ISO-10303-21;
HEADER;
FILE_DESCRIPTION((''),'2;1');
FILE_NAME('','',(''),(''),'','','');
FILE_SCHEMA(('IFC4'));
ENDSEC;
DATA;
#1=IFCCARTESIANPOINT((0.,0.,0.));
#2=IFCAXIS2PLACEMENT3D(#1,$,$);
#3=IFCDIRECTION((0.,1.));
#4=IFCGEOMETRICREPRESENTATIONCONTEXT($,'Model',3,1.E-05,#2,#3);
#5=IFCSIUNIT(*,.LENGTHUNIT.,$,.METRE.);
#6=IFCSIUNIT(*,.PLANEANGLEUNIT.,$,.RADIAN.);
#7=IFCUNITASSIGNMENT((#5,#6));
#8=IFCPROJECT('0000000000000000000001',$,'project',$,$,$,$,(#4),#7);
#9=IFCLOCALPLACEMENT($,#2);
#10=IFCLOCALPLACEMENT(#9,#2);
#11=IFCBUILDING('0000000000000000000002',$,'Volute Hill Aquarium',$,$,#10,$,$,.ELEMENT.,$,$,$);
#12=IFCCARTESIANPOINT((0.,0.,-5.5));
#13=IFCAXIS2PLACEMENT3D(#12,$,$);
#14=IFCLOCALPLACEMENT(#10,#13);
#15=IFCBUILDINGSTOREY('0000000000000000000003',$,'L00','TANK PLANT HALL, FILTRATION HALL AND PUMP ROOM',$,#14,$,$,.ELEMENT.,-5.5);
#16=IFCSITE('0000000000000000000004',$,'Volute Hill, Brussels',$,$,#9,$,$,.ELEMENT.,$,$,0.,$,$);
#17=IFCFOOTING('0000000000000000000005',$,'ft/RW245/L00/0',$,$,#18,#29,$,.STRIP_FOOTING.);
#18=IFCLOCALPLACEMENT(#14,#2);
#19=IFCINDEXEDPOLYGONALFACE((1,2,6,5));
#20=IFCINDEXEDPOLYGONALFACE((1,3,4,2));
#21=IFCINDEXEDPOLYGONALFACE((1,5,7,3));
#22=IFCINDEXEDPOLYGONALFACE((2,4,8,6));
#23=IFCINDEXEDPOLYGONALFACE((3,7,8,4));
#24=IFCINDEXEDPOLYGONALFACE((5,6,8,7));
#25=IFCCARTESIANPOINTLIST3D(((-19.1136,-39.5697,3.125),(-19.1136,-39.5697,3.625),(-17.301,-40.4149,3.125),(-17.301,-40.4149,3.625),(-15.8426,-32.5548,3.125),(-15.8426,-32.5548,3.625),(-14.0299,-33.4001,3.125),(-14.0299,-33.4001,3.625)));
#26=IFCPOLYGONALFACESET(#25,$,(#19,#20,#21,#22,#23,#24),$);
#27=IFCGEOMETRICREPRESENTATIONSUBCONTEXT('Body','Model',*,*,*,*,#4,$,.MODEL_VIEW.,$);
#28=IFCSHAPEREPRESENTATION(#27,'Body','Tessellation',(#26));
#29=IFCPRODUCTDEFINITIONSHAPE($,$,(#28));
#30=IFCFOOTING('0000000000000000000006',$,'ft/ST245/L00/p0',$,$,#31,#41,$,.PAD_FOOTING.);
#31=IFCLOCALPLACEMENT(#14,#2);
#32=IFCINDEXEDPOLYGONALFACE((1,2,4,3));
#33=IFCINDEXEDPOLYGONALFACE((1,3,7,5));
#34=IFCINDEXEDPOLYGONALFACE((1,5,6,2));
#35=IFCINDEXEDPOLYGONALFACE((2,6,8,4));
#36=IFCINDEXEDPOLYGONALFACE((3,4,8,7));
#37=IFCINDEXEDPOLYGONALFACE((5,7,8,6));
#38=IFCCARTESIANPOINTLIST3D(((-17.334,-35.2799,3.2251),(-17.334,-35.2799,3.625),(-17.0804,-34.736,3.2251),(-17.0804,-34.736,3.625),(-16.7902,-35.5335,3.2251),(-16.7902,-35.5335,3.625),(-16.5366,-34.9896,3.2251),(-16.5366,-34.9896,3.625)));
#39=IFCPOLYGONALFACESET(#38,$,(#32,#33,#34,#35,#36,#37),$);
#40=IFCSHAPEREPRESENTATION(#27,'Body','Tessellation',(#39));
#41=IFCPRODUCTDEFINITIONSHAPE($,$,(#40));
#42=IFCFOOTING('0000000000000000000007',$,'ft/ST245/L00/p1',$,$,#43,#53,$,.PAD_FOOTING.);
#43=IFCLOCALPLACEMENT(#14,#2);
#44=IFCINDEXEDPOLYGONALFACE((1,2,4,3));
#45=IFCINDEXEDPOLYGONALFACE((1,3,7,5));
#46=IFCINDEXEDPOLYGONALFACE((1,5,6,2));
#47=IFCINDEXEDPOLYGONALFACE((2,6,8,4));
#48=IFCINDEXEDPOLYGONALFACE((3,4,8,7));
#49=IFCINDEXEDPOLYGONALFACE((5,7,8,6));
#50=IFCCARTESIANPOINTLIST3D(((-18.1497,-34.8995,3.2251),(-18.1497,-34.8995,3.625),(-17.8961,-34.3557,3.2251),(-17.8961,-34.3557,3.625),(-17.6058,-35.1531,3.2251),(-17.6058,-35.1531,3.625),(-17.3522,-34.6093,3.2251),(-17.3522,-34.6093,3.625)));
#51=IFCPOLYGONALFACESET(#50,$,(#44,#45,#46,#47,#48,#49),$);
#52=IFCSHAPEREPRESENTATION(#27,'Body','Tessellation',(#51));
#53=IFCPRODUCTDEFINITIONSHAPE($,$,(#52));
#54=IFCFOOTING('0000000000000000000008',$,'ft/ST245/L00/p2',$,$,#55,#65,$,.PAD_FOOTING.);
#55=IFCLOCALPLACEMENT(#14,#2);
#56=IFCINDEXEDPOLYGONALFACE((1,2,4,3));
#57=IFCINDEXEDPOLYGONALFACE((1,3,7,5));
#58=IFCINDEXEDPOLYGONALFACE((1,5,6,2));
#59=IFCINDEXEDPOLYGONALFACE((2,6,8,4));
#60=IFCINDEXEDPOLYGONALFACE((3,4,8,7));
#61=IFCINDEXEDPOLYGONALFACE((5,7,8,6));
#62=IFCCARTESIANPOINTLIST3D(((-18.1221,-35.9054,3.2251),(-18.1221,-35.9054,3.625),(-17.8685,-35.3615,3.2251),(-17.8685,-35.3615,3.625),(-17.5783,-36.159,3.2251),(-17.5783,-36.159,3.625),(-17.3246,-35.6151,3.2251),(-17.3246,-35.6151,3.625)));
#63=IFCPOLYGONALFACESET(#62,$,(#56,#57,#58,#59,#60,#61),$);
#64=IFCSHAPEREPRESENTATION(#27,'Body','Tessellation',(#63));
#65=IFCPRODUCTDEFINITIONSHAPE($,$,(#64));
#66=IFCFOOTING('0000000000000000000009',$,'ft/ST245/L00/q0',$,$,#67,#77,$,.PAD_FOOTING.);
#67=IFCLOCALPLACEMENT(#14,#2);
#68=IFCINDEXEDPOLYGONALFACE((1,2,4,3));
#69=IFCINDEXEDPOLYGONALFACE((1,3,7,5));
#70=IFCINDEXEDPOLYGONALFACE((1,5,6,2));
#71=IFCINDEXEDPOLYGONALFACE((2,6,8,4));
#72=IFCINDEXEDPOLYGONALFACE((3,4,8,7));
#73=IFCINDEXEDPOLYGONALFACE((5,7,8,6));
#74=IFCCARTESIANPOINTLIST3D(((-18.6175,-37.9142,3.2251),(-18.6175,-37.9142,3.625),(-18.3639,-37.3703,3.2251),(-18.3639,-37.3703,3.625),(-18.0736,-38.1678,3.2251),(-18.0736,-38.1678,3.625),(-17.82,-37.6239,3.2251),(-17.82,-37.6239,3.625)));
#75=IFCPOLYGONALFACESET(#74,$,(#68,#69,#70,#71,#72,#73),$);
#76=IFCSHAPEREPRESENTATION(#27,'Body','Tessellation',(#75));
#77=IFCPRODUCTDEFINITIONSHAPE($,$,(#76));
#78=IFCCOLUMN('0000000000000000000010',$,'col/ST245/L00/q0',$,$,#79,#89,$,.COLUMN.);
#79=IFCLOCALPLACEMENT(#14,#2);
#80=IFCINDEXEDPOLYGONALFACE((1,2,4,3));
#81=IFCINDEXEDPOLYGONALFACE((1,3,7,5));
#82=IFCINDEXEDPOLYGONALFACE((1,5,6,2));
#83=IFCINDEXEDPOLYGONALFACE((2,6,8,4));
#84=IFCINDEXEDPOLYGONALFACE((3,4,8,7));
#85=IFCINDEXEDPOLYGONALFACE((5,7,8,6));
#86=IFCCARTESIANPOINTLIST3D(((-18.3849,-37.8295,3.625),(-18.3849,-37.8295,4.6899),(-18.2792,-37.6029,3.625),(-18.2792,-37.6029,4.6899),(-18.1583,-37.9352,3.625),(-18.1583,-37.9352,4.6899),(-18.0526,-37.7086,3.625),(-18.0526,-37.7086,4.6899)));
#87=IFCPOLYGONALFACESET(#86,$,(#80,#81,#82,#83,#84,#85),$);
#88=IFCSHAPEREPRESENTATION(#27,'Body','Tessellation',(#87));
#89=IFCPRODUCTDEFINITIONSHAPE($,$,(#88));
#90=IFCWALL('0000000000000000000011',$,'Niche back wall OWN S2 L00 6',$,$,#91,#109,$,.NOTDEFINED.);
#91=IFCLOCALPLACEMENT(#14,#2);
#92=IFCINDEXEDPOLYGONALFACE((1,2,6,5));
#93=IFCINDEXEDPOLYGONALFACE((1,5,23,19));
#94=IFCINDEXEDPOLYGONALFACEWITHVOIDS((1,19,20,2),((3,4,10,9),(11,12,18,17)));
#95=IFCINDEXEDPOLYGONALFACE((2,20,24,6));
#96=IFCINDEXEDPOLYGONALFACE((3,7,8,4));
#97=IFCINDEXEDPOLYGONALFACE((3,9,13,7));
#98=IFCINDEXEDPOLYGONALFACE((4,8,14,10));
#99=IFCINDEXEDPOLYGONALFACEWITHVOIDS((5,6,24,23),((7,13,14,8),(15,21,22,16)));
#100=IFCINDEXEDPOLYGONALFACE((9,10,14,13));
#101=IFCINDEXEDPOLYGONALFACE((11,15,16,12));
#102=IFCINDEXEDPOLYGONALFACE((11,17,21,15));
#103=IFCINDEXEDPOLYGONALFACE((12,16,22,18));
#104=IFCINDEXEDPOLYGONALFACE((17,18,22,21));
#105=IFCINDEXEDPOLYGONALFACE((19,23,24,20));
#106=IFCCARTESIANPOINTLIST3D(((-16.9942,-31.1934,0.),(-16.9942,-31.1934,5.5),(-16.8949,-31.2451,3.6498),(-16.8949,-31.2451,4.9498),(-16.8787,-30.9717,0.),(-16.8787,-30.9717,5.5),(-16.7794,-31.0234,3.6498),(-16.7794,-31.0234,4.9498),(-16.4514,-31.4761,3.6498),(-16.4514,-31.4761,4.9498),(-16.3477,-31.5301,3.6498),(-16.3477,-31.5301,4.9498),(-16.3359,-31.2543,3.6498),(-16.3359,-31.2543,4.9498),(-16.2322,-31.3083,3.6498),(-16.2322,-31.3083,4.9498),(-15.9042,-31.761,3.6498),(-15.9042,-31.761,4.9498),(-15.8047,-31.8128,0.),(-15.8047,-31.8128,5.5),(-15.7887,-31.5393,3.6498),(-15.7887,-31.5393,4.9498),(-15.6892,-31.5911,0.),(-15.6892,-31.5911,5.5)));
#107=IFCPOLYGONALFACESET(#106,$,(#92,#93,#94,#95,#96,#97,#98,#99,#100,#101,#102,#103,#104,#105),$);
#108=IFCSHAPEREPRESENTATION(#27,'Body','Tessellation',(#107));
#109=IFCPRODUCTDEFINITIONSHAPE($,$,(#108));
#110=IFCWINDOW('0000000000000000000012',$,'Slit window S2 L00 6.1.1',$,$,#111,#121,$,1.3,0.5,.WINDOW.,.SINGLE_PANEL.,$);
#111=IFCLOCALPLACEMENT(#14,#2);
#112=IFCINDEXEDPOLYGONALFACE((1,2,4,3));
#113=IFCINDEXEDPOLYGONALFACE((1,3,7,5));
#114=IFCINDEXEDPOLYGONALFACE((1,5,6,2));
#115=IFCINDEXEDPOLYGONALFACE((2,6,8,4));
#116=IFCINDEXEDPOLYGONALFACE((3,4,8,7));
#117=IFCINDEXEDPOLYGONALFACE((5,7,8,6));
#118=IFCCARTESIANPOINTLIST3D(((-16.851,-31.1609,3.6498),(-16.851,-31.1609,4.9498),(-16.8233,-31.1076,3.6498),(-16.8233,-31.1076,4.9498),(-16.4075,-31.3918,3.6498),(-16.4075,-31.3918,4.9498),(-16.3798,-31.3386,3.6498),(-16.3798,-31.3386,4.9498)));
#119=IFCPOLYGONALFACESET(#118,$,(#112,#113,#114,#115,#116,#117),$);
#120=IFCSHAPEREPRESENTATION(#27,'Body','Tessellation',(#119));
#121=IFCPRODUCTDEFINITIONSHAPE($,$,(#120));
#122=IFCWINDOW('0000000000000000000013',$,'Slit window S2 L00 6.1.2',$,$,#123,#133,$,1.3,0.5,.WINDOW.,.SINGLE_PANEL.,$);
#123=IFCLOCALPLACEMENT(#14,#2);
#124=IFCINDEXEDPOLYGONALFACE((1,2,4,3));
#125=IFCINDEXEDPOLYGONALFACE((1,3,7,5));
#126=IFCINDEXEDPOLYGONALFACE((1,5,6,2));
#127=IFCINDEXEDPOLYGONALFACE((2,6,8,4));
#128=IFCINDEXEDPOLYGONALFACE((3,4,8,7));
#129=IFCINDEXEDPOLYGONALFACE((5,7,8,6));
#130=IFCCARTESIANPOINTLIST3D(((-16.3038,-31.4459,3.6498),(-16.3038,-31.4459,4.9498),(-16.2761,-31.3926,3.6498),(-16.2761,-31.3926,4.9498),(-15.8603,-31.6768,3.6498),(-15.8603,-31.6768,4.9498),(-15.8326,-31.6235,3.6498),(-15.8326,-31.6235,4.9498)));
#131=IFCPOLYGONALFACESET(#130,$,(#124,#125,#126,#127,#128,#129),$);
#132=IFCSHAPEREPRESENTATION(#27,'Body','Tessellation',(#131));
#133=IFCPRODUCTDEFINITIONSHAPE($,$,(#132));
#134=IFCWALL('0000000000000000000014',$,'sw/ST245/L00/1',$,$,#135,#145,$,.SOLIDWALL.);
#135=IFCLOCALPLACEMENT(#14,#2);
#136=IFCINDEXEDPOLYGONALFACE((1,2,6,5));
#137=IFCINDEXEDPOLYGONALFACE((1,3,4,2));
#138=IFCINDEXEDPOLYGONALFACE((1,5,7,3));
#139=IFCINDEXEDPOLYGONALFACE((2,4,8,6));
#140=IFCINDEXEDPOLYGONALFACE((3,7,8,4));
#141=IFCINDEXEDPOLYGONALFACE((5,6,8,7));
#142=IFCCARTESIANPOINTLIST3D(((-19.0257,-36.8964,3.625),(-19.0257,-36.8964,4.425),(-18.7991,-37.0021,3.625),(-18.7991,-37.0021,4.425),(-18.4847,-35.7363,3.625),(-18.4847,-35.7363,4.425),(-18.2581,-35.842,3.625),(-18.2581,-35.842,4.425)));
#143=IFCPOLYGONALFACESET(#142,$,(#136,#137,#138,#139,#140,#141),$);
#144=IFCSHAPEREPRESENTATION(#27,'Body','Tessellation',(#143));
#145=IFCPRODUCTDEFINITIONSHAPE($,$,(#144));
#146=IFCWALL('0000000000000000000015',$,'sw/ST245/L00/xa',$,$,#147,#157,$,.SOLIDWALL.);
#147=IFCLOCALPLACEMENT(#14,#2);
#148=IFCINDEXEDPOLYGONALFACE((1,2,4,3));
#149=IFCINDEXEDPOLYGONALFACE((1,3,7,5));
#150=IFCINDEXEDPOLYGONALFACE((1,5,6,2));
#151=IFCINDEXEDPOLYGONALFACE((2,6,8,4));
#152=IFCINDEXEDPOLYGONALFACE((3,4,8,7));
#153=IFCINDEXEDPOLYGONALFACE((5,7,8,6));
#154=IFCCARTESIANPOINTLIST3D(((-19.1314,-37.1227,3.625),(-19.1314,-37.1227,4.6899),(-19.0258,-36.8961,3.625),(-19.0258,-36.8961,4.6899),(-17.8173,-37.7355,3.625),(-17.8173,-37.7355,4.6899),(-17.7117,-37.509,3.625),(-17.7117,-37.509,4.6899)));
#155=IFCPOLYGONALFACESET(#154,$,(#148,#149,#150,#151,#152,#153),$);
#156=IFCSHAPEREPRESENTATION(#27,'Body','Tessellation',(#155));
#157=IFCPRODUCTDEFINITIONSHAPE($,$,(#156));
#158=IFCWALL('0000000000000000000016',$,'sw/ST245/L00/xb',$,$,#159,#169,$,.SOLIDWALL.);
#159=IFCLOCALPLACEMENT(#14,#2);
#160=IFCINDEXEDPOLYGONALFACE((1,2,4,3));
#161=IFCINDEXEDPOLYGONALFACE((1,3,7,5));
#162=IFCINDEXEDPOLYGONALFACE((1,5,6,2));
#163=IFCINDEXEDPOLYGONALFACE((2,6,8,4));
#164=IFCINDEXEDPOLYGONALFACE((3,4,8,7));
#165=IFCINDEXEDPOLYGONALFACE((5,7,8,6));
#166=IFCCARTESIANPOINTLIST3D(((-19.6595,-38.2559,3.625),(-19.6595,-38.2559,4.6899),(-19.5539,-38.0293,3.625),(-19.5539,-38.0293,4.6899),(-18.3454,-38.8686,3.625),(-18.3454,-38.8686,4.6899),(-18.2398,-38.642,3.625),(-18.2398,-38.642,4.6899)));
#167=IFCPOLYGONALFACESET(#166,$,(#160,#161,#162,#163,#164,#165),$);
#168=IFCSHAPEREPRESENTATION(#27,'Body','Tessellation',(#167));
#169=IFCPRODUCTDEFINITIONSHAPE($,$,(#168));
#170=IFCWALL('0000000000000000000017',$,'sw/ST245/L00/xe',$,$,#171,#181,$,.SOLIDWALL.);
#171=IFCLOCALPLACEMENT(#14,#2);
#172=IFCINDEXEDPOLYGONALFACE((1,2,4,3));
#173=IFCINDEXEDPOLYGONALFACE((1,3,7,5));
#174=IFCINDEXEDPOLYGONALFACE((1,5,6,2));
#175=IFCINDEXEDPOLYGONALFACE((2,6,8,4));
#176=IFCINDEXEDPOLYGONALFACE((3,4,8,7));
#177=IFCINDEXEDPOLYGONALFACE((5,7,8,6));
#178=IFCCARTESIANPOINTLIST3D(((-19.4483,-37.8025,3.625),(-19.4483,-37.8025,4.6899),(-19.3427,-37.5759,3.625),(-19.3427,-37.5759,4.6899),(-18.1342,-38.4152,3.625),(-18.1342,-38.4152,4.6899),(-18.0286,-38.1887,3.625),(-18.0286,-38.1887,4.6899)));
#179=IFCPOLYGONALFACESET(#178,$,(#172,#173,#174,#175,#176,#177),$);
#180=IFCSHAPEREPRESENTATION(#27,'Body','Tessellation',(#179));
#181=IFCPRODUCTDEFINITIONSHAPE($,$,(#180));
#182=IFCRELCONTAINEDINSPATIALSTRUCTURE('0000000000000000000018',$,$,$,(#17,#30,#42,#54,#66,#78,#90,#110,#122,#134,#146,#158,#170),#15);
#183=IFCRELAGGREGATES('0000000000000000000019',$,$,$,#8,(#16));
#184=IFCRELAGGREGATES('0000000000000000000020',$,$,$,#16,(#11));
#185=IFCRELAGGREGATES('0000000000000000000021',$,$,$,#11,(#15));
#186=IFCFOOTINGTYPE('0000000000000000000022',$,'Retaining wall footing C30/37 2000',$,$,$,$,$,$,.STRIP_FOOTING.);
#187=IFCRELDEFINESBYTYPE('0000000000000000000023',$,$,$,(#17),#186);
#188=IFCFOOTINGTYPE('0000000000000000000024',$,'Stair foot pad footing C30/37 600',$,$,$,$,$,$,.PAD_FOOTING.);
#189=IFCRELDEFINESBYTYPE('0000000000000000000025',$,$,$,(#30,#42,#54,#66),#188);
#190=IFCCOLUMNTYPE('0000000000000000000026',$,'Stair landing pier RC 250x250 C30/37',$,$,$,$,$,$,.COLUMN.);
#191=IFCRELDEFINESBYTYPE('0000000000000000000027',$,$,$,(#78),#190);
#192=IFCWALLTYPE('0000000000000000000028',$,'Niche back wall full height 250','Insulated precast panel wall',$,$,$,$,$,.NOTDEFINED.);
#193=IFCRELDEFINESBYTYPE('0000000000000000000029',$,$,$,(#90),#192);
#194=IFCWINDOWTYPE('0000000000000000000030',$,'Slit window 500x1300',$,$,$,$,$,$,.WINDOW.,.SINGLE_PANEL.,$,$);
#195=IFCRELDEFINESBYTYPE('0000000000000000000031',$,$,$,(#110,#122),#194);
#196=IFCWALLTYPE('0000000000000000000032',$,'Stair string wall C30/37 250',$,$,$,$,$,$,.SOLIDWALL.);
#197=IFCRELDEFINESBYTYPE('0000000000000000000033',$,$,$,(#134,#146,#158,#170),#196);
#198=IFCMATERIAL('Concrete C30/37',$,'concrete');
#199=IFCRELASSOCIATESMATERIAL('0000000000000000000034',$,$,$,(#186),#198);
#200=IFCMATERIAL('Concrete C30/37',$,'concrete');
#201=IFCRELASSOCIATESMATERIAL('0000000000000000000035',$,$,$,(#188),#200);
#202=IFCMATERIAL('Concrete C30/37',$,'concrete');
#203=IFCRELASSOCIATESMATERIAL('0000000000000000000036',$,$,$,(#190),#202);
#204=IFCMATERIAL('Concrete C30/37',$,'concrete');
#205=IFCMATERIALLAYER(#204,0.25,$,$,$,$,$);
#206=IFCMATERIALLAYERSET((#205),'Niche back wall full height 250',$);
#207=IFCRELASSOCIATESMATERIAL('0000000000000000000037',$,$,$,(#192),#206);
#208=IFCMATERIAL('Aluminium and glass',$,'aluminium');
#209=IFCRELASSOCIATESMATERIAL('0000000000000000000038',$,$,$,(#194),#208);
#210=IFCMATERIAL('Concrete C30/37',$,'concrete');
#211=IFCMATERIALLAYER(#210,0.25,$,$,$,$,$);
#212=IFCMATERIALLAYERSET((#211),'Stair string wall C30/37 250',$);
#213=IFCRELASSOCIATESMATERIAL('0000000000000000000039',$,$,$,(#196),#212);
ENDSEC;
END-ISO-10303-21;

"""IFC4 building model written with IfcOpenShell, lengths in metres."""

from ifc_helpers import new_model, si_unit, direction, frame, frame_2d, origin, origin_2d, place, context, subcontext, project, spatial, rectangle, extrude, material, layer, layer_set, material_profile, profile_set, type_object, element, fill, save


model = new_model("IFC4")

# Units and contexts
model_context = context("Model", 3, precision=1e-05, world=origin(), true_north=direction((0.0, 1.0)))
body_context = subcontext(model_context, "Body", "Model", "MODEL_VIEW")
ifc_project = project(units=[si_unit("LENGTHUNIT", "METRE"), si_unit("PLANEANGLEUNIT", "RADIAN")], contexts=[model_context])

# Site, building, storey
site_placement = place(None, origin())
site = spatial("IfcSite", under=ifc_project, at=site_placement, Name="Volute Hill, Brussels", CompositionType="ELEMENT", RefElevation=0.0)
building_placement = place(site_placement, origin())
building = spatial("IfcBuilding", under=site, at=building_placement, Name="Volute Hill Aquarium", CompositionType="ELEMENT")
storey_placement = place(building_placement, frame((0.0, 0.0, -5.5)))
storey = spatial("IfcBuildingStorey", under=building, at=storey_placement, Name="L00", Description="TANK PLANT HALL, FILTRATION HALL AND PUMP ROOM", CompositionType="ELEMENT", Elevation=-5.5)

# Footings
ifc_material_1 = material(Name="Concrete C30/37", Category="concrete")
footing_type_1 = type_object("IfcFootingType", Name="Retaining wall footing C30/37 2000", PredefinedType="STRIP_FOOTING", material=ifc_material_1)
footing_placement = place(storey_placement, frame((-16.5718, -36.4849, 3.125), z_axis=(0.0, 0.0, 1.0), x_axis=(-0.422618, -0.906308, 0.0)))
element("IfcFooting", 1, at=footing_placement, inside=storey, type_object=footing_type_1, Name="ft/RW245/L00/0", PredefinedType="STRIP_FOOTING", context=body_context, shape_type="SweptSolid", body=[
    extrude(rectangle(XDim=7.74, YDim=2.0, at=origin_2d()), origin(), (0.0, 0.0, 1.0), 0.5),
])
ifc_material_2 = material(Name="Concrete C30/37", Category="concrete")
footing_type_2 = type_object("IfcFootingType", Name="Stair foot pad footing C30/37 600", PredefinedType="PAD_FOOTING", material=ifc_material_2)
for number, where, z_axis, x_axis, name in (
    (2, (-16.9353, -35.1348, 3.2251), (0.0, 0.0, 1.0), (-0.422618, -0.906308, 0.0), "ft/ST245/L00/p0"),
    (3, (-17.751, -34.7544, 3.2251), (0.0, 0.0, 1.0), (-0.422618, -0.906308, 0.0), "ft/ST245/L00/p1"),
    (4, (-17.7234, -35.7603, 3.2251), (0.0, 0.0, 1.0), (-0.422618, -0.906308, 0.0), "ft/ST245/L00/p2"),
    (5, (-18.2188, -37.769, 3.2251), (0.0, 0.0, 1.0), (-0.422618, -0.906308, 0.0), "ft/ST245/L00/q0"),
):
    element("IfcFooting", number, at=place(storey_placement, frame(where, z_axis=z_axis, x_axis=x_axis)), inside=storey, type_object=footing_type_2, Name=name, PredefinedType="PAD_FOOTING", context=body_context, shape_type="SweptSolid", body=[
        extrude(rectangle(XDim=0.6001, YDim=0.6001, at=origin_2d()), origin(), (0.0, 0.0, 1.0), 0.3999),
    ])

# Column
ifc_material_3 = material(Name="Concrete C30/37", Category="concrete")
ifc_material_profile = material_profile(ifc_material_3, rectangle(XDim=0.25, YDim=0.25, at=origin_2d()), Name="RC pier 250x250")
ifc_profile_set = profile_set([ifc_material_profile], Name="Concrete C30/37")
column_type = type_object("IfcColumnType", Name="Stair landing pier RC 250x250 C30/37", PredefinedType="COLUMN", material=ifc_profile_set)
column_placement = place(storey_placement, frame((-18.2188, -37.769, 3.625), z_axis=(0.0, 0.0, 1.0), x_axis=(-0.422618, -0.906308, 0.0)))
element("IfcColumn", 6, at=column_placement, inside=storey, type_object=column_type, Name="col/ST245/L00/q0", PredefinedType="COLUMN", context=body_context, shape_type="SweptSolid", body=[
    extrude(rectangle(XDim=0.25, YDim=0.25, at=origin_2d()), origin(), (0.0, 0.0, 1.0), 1.0649),
])

# Wall, openings, windows
ifc_material_4 = material(Name="Concrete C30/37", Category="concrete")
ifc_layer_1 = layer(ifc_material_4, 0.25)
ifc_layer_set_1 = layer_set([ifc_layer_1], Name="Niche back wall full height 250")
wall_type_1 = type_object("IfcWallType", Name="Niche back wall full height 250", Description="Insulated precast panel wall", PredefinedType="NOTDEFINED", material=ifc_layer_set_1)
wall_1_placement = place(storey_placement, frame((-15.7471, -31.7019, 0.0), z_axis=(0.0, 0.0, 1.0), x_axis=(-0.886951, 0.461863, 0.0)))
wall_1 = element("IfcWall", 7, at=wall_1_placement, inside=storey, type_object=wall_type_1, Name="Niche back wall OWN S2 L00 6", PredefinedType="NOTDEFINED", context=body_context, shape_type="SweptSolid", body=[
    extrude(rectangle(XDim=1.3411, YDim=0.25, at=frame_2d((0.6704, 0.0))), origin(), (0.0, 0.0, 1.0), 5.5),
])
opening_1_placement = place(wall_1_placement, frame((0.729, 0.0, 3.6499)))
opening_1 = element("IfcOpeningElement", 8, at=opening_1_placement, cuts=wall_1, PredefinedType="OPENING", context=body_context, shape_type="SweptSolid", body=[
    extrude(rectangle(XDim=0.5, YDim=1.3, at=frame_2d((0.25, 0.6499))), frame((0.0, 0.135, 0.0), z_axis=(0.0, -1.0, 0.0), x_axis=(1.0, 0.0, 0.0)), (0.0, 0.0, 1.0), 0.27),
])
opening_2_placement = place(wall_1_placement, frame((0.1121, 0.0, 3.6499)))
opening_2 = element("IfcOpeningElement", 9, at=opening_2_placement, cuts=wall_1, PredefinedType="OPENING", context=body_context, shape_type="SweptSolid", body=[
    extrude(rectangle(XDim=0.5, YDim=1.3, at=frame_2d((0.25, 0.6499))), frame((0.0, 0.135, 0.0), z_axis=(0.0, -1.0, 0.0), x_axis=(1.0, 0.0, 0.0)), (0.0, 0.0, 1.0), 0.27),
])
ifc_material_5 = material(Name="Aluminium and glass", Category="aluminium")
window_type = type_object("IfcWindowType", Name="Slit window 500x1300", PartitioningType="SINGLE_PANEL", PredefinedType="WINDOW", material=ifc_material_5)
window_1_placement = place(opening_1_placement, origin())
window_1 = element("IfcWindow", 10, at=window_1_placement, inside=storey, type_object=window_type, Name="Slit window S2 L00 6.1.1", OverallHeight=1.3, OverallWidth=0.5, PartitioningType="SINGLE_PANEL", PredefinedType="WINDOW", context=body_context, shape_type="SweptSolid", body=[
    extrude(rectangle(XDim=0.5, YDim=1.3, at=frame_2d((0.25, 0.6499))), frame((0.0, 0.03, 0.0), z_axis=(0.0, -1.0, 0.0), x_axis=(1.0, 0.0, 0.0)), (0.0, 0.0, 1.0), 0.0601),
])
fill(opening_1, window_1)
window_2_placement = place(opening_2_placement, origin())
window_2 = element("IfcWindow", 11, at=window_2_placement, inside=storey, type_object=window_type, Name="Slit window S2 L00 6.1.2", OverallHeight=1.3, OverallWidth=0.5, PartitioningType="SINGLE_PANEL", PredefinedType="WINDOW", context=body_context, shape_type="SweptSolid", body=[
    extrude(rectangle(XDim=0.5, YDim=1.3, at=frame_2d((0.25, 0.6499))), frame((0.0, 0.03, 0.0), z_axis=(0.0, -1.0, 0.0), x_axis=(1.0, 0.0, 0.0)), (0.0, 0.0, 1.0), 0.0601),
])
fill(opening_2, window_2)

# Walls
ifc_material_6 = material(Name="Concrete C30/37", Category="concrete")
ifc_layer_2 = layer(ifc_material_6, 0.25)
ifc_layer_set_2 = layer_set([ifc_layer_2], Name="Stair string wall C30/37 250")
wall_type_2 = type_object("IfcWallType", Name="Stair string wall C30/37 250", PredefinedType="SOLIDWALL", material=ifc_layer_set_2)
wall_2_placement = place(storey_placement, frame((-18.3713, -35.7891, 3.625), z_axis=(0.0, 0.0, 1.0), x_axis=(-0.422635, -0.9063, 0.0)))
element("IfcWall", 12, at=wall_2_placement, inside=storey, type_object=wall_type_2, Name="sw/ST245/L00/1", PredefinedType="SOLIDWALL", context=body_context, shape_type="SweptSolid", body=[
    extrude(rectangle(XDim=1.28, YDim=0.25, at=frame_2d((0.6401, 0.0))), origin(), (0.0, 0.0, 1.0), 0.8),
])
for number, where, z_axis, x_axis, name in (
    (13, (-17.7644, -37.6223, 3.625), (0.0, 0.0, 1.0), (-0.906286, 0.422664, 0.0), "sw/ST245/L00/xa"),
    (14, (-18.2925, -38.7554, 3.625), (0.0, 0.0, 1.0), (-0.906316, 0.4226, 0.0), "sw/ST245/L00/xb"),
    (15, (-18.0813, -38.302, 3.625), (0.0, 0.0, 1.0), (-0.906316, 0.4226, 0.0), "sw/ST245/L00/xe"),
):
    element("IfcWall", number, at=place(storey_placement, frame(where, z_axis=z_axis, x_axis=x_axis)), inside=storey, type_object=wall_type_2, Name=name, PredefinedType="SOLIDWALL", context=body_context, shape_type="SweptSolid", body=[
        extrude(rectangle(XDim=1.45, YDim=0.25, at=frame_2d((0.7251, 0.0))), origin(), (0.0, 0.0, 1.0), 1.0649),
    ])

save(model, "model.ifc")
